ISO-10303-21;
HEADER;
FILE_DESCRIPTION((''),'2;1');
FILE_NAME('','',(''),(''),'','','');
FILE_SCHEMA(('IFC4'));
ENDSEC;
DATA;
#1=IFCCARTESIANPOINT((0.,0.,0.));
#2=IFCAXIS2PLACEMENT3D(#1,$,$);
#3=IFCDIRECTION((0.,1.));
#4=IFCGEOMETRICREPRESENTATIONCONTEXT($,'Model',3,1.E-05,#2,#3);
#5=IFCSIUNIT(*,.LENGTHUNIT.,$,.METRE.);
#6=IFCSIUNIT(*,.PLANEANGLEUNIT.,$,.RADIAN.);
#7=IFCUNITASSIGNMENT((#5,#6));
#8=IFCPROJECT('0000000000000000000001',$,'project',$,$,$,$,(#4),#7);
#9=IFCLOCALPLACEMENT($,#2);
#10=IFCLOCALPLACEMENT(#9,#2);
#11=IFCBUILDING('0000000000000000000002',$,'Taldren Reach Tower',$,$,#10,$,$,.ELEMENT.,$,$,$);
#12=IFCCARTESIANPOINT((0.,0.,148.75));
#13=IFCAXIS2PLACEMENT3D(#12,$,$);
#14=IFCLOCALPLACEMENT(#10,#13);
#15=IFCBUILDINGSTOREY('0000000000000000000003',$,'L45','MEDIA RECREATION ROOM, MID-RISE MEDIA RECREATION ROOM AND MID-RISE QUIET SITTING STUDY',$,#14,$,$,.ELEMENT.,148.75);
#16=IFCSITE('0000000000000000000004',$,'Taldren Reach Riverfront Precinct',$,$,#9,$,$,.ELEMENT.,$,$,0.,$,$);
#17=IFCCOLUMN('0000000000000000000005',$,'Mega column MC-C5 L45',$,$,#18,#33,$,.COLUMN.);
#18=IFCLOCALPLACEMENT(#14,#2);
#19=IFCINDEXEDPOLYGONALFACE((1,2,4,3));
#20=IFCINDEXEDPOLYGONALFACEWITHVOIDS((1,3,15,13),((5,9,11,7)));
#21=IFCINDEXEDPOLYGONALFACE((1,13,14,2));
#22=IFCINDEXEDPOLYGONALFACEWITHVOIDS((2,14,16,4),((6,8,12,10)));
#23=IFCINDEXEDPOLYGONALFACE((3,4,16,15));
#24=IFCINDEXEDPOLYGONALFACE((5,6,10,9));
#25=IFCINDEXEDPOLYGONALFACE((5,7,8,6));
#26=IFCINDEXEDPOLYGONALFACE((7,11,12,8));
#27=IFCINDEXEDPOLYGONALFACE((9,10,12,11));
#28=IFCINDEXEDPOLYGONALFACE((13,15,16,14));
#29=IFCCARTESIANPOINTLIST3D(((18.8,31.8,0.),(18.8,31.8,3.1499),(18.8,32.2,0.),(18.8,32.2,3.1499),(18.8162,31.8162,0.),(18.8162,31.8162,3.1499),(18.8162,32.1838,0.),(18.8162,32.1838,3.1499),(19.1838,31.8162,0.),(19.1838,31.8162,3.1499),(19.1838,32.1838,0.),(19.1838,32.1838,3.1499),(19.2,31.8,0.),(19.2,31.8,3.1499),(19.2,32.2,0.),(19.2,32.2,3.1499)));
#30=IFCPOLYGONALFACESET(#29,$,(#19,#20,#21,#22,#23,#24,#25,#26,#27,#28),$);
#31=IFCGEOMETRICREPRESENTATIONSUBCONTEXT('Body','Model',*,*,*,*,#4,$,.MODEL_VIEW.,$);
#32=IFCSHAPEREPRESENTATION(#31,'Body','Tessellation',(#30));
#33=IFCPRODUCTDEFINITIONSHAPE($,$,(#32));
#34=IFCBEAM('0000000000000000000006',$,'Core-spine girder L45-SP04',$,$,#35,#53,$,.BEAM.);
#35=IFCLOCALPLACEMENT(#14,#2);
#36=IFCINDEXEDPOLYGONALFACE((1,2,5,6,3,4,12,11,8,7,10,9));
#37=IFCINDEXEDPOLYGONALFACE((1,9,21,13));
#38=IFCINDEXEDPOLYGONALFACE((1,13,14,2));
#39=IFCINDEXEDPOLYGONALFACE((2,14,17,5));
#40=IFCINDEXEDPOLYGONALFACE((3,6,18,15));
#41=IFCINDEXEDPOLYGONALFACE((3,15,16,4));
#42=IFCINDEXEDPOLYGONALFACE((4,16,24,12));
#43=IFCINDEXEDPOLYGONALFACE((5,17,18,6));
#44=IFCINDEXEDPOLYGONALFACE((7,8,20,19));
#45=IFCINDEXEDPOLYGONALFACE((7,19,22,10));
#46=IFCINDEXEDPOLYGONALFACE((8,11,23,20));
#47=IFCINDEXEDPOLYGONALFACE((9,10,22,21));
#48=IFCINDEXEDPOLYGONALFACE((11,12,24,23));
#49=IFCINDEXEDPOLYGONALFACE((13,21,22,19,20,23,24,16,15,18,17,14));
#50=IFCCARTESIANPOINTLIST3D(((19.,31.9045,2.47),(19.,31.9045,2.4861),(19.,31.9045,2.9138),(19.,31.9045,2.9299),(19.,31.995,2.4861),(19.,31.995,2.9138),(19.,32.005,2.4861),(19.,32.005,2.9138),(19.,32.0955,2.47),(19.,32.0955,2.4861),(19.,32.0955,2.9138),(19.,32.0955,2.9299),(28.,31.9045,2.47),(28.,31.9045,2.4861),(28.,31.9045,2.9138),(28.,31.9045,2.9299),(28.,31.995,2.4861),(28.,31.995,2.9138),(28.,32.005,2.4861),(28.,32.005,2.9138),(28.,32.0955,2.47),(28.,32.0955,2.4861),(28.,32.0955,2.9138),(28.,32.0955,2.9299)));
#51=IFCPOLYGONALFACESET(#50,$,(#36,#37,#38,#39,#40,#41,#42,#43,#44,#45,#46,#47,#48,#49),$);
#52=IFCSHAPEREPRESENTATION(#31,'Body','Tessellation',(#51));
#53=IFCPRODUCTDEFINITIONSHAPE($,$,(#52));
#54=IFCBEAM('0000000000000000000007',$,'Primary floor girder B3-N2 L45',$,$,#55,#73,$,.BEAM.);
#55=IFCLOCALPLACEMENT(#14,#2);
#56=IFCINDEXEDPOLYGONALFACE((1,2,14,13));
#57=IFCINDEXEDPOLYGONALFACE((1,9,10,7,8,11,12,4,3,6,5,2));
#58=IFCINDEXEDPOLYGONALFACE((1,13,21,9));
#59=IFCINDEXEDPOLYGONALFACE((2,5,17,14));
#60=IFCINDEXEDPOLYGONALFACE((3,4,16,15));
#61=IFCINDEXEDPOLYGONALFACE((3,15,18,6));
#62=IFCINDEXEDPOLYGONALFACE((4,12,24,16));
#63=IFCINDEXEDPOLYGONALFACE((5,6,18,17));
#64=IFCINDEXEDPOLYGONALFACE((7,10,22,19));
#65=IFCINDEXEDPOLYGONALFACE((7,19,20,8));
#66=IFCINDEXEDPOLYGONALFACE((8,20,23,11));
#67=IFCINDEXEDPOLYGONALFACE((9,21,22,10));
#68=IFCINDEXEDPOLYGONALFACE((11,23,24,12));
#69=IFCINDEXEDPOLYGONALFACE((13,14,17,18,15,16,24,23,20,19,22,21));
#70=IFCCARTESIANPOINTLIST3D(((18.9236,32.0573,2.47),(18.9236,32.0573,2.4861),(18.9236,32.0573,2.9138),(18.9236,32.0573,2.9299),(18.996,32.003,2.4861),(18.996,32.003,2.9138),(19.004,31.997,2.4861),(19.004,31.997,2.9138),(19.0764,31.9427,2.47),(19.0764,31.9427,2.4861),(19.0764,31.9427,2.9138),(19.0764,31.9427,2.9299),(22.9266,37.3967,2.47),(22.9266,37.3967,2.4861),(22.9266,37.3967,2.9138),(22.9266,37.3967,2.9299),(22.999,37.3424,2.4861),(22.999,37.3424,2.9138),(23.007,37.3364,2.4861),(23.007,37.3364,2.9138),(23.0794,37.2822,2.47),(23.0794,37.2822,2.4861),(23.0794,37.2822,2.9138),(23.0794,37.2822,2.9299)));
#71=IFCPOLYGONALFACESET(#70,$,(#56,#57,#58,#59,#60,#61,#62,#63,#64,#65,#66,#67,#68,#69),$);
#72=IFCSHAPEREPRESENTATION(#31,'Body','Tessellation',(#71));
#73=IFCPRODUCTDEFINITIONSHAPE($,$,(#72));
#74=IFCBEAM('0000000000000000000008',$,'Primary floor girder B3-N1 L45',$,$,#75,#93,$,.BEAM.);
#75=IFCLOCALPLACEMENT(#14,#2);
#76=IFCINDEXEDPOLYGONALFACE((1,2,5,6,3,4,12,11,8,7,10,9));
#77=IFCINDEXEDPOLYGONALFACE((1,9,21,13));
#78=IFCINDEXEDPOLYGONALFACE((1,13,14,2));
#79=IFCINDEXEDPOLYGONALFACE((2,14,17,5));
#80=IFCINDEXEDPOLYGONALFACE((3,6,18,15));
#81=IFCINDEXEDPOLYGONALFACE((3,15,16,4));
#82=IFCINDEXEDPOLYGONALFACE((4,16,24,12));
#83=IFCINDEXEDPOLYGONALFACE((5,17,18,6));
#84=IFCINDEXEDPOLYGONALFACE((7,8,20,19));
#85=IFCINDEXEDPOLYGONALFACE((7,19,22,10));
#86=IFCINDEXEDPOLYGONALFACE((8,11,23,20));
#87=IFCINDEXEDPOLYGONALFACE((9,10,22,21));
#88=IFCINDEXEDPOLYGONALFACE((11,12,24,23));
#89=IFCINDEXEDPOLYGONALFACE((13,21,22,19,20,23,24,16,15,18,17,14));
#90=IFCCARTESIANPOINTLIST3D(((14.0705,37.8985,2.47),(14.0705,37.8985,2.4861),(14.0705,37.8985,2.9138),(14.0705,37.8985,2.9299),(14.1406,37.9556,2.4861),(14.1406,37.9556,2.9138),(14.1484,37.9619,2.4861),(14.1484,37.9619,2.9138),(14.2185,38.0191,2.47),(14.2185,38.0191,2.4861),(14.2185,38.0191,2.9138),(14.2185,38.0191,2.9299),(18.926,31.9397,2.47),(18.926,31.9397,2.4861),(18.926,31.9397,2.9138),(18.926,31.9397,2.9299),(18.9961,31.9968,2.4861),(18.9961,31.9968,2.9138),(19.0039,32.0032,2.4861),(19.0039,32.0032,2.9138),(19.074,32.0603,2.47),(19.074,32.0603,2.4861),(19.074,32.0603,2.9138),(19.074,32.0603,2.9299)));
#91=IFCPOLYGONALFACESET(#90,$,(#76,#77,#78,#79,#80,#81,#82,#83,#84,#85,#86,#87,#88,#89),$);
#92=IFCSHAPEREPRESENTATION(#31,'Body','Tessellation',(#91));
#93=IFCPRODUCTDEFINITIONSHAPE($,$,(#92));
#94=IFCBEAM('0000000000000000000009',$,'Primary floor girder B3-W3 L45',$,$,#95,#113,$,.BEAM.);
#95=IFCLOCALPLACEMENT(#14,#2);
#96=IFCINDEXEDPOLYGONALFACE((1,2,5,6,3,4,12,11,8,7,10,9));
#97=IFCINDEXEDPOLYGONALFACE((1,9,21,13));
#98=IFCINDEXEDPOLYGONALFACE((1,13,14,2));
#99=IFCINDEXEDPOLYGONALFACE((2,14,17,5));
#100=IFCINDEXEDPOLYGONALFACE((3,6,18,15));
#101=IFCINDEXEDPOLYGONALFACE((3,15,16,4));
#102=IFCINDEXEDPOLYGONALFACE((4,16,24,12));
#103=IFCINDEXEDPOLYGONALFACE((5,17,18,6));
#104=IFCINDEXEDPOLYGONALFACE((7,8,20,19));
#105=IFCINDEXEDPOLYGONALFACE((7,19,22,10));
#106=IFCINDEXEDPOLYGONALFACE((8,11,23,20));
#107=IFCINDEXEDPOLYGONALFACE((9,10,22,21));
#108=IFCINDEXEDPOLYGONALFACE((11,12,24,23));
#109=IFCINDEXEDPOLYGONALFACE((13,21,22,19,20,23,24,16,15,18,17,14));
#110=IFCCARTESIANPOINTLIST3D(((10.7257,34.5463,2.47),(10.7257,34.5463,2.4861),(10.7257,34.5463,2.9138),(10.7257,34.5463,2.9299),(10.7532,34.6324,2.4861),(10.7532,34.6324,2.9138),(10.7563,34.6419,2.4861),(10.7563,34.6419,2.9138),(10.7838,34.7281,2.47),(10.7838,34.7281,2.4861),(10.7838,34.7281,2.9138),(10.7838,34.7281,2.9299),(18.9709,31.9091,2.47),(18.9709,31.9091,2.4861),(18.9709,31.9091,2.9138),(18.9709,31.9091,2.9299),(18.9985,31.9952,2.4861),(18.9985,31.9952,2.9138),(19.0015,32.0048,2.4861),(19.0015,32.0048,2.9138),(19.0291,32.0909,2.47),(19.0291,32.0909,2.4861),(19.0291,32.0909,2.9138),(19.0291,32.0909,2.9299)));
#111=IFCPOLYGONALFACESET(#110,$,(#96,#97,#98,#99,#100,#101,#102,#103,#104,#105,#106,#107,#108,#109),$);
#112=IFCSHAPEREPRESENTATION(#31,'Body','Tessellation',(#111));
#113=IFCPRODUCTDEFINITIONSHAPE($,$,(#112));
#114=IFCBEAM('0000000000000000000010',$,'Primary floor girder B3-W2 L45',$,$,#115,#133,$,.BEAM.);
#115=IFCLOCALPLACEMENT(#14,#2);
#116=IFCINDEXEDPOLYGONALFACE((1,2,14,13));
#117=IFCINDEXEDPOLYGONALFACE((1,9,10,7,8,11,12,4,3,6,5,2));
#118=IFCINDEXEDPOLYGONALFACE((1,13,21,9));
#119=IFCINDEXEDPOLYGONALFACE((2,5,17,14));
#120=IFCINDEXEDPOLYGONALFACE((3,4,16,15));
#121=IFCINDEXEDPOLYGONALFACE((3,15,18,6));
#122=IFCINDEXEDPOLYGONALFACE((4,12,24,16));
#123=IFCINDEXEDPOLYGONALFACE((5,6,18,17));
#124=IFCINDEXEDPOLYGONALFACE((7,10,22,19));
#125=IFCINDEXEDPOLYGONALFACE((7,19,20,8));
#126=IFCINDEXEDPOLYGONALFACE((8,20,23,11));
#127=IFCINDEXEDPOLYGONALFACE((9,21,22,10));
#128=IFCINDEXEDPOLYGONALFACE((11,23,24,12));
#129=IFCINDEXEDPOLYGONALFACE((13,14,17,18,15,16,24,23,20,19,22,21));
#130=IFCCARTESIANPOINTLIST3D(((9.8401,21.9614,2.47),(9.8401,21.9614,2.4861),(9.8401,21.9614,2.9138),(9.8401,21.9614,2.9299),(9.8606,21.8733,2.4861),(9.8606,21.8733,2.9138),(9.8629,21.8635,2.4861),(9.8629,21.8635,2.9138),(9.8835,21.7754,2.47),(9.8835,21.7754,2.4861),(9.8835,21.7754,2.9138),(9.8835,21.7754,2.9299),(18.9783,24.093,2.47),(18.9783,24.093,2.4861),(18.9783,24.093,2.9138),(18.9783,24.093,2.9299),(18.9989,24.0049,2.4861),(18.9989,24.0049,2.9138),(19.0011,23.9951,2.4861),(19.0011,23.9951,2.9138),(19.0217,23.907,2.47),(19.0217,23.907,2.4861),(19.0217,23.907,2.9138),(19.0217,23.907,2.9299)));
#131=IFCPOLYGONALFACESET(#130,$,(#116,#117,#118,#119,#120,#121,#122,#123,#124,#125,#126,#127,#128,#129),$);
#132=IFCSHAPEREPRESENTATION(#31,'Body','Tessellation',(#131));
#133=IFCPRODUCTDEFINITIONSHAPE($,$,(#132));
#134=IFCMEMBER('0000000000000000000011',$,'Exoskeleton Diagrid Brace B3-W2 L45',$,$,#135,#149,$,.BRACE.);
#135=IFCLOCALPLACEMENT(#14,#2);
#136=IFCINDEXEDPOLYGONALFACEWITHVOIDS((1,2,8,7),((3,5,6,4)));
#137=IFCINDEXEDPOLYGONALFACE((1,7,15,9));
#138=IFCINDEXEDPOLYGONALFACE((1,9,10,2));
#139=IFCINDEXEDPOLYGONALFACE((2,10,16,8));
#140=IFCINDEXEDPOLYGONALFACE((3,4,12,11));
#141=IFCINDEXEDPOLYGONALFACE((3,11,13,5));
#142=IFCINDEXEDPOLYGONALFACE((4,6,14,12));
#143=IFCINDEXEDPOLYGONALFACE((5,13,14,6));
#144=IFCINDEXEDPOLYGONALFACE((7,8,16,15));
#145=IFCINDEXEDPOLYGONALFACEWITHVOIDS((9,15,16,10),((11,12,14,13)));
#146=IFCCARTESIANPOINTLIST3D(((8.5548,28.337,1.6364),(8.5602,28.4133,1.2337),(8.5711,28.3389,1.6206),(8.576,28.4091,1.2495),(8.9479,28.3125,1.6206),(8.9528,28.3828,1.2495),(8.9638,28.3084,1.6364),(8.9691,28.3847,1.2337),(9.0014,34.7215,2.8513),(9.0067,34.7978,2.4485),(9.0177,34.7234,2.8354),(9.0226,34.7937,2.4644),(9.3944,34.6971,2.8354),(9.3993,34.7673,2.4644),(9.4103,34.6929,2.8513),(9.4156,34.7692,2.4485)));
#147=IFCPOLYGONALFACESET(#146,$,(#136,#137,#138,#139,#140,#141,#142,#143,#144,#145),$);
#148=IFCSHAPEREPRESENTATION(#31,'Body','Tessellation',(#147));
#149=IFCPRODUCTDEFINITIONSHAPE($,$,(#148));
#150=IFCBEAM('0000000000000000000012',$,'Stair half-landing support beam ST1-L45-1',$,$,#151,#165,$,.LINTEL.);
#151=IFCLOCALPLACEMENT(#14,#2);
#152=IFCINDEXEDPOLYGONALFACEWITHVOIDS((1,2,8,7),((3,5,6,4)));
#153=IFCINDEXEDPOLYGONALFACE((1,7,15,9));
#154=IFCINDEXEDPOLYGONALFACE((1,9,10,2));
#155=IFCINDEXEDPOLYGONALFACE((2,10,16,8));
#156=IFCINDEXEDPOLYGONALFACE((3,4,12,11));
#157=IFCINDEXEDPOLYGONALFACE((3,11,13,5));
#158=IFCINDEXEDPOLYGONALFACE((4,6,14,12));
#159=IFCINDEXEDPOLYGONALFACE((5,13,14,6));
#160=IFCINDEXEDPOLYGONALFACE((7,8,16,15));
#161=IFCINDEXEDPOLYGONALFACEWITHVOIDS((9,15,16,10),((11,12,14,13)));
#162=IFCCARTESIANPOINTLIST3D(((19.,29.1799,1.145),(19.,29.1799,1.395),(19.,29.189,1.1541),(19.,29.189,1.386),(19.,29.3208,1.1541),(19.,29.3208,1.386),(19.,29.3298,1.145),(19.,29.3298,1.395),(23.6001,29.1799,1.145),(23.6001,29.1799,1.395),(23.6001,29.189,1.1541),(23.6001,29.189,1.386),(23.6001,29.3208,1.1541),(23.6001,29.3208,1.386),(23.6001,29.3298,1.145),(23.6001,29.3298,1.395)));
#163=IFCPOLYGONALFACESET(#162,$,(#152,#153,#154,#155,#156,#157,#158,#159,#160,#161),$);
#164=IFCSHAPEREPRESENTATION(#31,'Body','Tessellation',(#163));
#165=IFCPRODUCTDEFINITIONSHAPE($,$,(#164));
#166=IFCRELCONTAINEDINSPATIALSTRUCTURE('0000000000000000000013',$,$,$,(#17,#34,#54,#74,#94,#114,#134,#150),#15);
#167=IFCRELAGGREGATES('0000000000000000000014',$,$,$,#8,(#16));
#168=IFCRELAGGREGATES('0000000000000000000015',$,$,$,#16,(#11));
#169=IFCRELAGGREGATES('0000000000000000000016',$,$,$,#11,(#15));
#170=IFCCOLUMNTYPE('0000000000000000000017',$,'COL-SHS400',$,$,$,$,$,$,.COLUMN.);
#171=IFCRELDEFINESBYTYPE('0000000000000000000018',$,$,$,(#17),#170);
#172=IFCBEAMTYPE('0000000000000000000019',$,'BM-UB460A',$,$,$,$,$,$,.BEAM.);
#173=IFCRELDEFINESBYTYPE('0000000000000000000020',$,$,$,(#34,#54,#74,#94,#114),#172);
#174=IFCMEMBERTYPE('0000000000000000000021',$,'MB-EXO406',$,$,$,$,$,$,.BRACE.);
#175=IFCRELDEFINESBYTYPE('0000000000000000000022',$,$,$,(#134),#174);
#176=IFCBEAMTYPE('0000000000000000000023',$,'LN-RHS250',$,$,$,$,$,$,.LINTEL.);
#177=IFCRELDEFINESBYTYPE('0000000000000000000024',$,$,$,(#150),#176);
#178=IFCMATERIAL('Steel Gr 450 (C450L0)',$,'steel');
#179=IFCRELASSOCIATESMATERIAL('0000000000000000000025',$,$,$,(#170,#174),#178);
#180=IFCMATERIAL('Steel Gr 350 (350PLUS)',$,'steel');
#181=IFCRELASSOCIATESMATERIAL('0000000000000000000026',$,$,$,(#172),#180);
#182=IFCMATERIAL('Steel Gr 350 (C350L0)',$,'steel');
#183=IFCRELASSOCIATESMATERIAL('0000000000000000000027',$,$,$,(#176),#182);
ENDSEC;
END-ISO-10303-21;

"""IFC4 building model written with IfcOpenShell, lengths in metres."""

from ifc_helpers import new_model, si_unit, direction, frame, origin, origin_2d, place, context, subcontext, project, spatial, hollow_rectangle, i_section, extrude, source, transform, mapped, material, material_profile, profile_set, type_object, element, save


model = new_model("IFC4")

# Units and contexts
model_context = context("Model", 3, precision=1e-05, world=origin(), true_north=direction((0.0, 1.0)))
body_context = subcontext(model_context, "Body", "Model", "MODEL_VIEW")
ifc_project = project(units=[si_unit("LENGTHUNIT", "METRE"), si_unit("PLANEANGLEUNIT", "RADIAN")], contexts=[model_context])

# Site, building, storey
site_placement = place(None, origin())
site = spatial("IfcSite", under=ifc_project, at=site_placement, Name="Taldren Reach Riverfront Precinct", CompositionType="ELEMENT", RefElevation=0.0)
building_placement = place(site_placement, origin())
building = spatial("IfcBuilding", under=site, at=building_placement, Name="Taldren Reach Tower", CompositionType="ELEMENT")
storey_placement = place(building_placement, frame((0.0, 0.0, 148.75)))
storey = spatial("IfcBuildingStorey", under=building, at=storey_placement, Name="L45", Description="MEDIA RECREATION ROOM, MID-RISE MEDIA RECREATION ROOM AND MID-RISE QUIET SITTING STUDY", CompositionType="ELEMENT", Elevation=148.75)

# Column
ifc_material_1 = material(Name="Steel Gr 450 (C450L0)", Category="steel")
ifc_material_profile_1 = material_profile(ifc_material_1, hollow_rectangle(XDim=0.3999, YDim=0.3999, WallThickness=0.0161, at=origin_2d()), Name="400x400x16.0SHS")
ifc_profile_set_1 = profile_set([ifc_material_profile_1], Name="Steel Gr 450 (C450L0)")
column_type = type_object("IfcColumnType", Name="COL-SHS400", PredefinedType="COLUMN", material=ifc_profile_set_1)
shared_shape_1 = source(origin(), body_context, "Body", "SweptSolid", [
    extrude(hollow_rectangle(XDim=0.3999, YDim=0.3999, WallThickness=0.0161, at=origin_2d()), origin(), (0.0, 0.0, 1.0), 3.1499),
])
column_placement = place(storey_placement, frame((19.0, 32.0, 0.0), z_axis=(0.0, 0.0, 1.0), x_axis=(1.0, 0.0, 0.0)))
element("IfcColumn", 1, at=column_placement, inside=storey, type_object=column_type, Name="Mega column MC-C5 L45", PredefinedType="COLUMN", context=body_context, shape_type="MappedRepresentation", body=[
    mapped(shared_shape_1, transform((0.0, 0.0, 0.0), scale=1.0)),
])

# Beams
ifc_material_2 = material(Name="Steel Gr 350 (350PLUS)", Category="steel")
ifc_material_profile_2 = material_profile(ifc_material_2, i_section(OverallWidth=0.1909, OverallDepth=0.46, WebThickness=0.01, FlangeThickness=0.0161, at=origin_2d()), Name="460UB82.1")
ifc_profile_set_2 = profile_set([ifc_material_profile_2], Name="Steel Gr 350 (350PLUS)")
beam_type_1 = type_object("IfcBeamType", Name="BM-UB460A", PredefinedType="BEAM", material=ifc_profile_set_2)
shared_shape_2 = source(origin(), body_context, "Body", "SweptSolid", [
    extrude(i_section(OverallWidth=0.1909, OverallDepth=0.46, WebThickness=0.01, FlangeThickness=0.0161, at=origin_2d()), origin(), (0.0, 0.0, 1.0), 9.0),
])
beam_1_placement = place(storey_placement, frame((19.0, 32.0, 2.7), z_axis=(1.0, 0.0, 0.0), x_axis=(0.0, 1.0, 0.0)))
element("IfcBeam", 2, at=beam_1_placement, inside=storey, type_object=beam_type_1, Name="Core-spine girder L45-SP04", PredefinedType="BEAM", context=body_context, shape_type="MappedRepresentation", body=[
    mapped(shared_shape_2, transform((0.0, 0.0, 0.0), scale=1.0)),
])
shared_shape_3 = source(origin(), body_context, "Body", "SweptSolid", [
    extrude(i_section(OverallWidth=0.1909, OverallDepth=0.46, WebThickness=0.01, FlangeThickness=0.0161, at=origin_2d()), origin(), (0.0, 0.0, 1.0), 6.6733),
])
beam_2_placement = place(storey_placement, frame((19.0, 32.0, 2.7), z_axis=(0.599848, 0.800114, 0.0), x_axis=(-0.800114, 0.599848, 0.0)))
element("IfcBeam", 3, at=beam_2_placement, inside=storey, type_object=beam_type_1, Name="Primary floor girder B3-N2 L45", PredefinedType="BEAM", context=body_context, shape_type="MappedRepresentation", body=[
    mapped(shared_shape_3, transform((0.0, 0.0, 0.0), scale=1.0)),
])
shared_shape_4 = source(origin(), body_context, "Body", "SweptSolid", [
    extrude(i_section(OverallWidth=0.1909, OverallDepth=0.46, WebThickness=0.01, FlangeThickness=0.0161, at=origin_2d()), origin(), (0.0, 0.0, 1.0), 7.6865),
])
beam_3_placement = place(storey_placement, frame((19.0, 32.0, 2.7), z_axis=(-0.631689, 0.775222, 0.0), x_axis=(-0.775222, -0.631689, 0.0)))
element("IfcBeam", 4, at=beam_3_placement, inside=storey, type_object=beam_type_1, Name="Primary floor girder B3-N1 L45", PredefinedType="BEAM", context=body_context, shape_type="MappedRepresentation", body=[
    mapped(shared_shape_4, transform((0.0, 0.0, 0.0), scale=1.0)),
])
shared_shape_5 = source(origin(), body_context, "Body", "SweptSolid", [
    extrude(i_section(OverallWidth=0.1909, OverallDepth=0.46, WebThickness=0.01, FlangeThickness=0.0161, at=origin_2d()), origin(), (0.0, 0.0, 1.0), 8.6567),
])
beam_4_placement = place(storey_placement, frame((19.0, 32.0, 2.7), z_axis=(-0.952468, 0.304639, 0.0), x_axis=(-0.304639, -0.952468, 0.0)))
element("IfcBeam", 5, at=beam_4_placement, inside=storey, type_object=beam_type_1, Name="Primary floor girder B3-W3 L45", PredefinedType="BEAM", context=body_context, shape_type="MappedRepresentation", body=[
    mapped(shared_shape_5, transform((0.0, 0.0, 0.0), scale=1.0)),
])
shared_shape_6 = source(origin(), body_context, "Body", "SweptSolid", [
    extrude(i_section(OverallWidth=0.1909, OverallDepth=0.46, WebThickness=0.01, FlangeThickness=0.0161, at=origin_2d()), origin(), (0.0, 0.0, 1.0), 9.3835),
])
beam_5_placement = place(storey_placement, frame((19.0, 24.0, 2.7), z_axis=(-0.973857, -0.227164, 0.0), x_axis=(0.227164, -0.973857, 0.0)))
element("IfcBeam", 6, at=beam_5_placement, inside=storey, type_object=beam_type_1, Name="Primary floor girder B3-W2 L45", PredefinedType="BEAM", context=body_context, shape_type="MappedRepresentation", body=[
    mapped(shared_shape_6, transform((0.0, 0.0, 0.0), scale=1.0)),
])

# Member
ifc_material_profile_3 = material_profile(ifc_material_1, hollow_rectangle(XDim=0.4099, YDim=0.4099, WallThickness=0.0161, at=origin_2d()), Name="410x410x16.0SHS")
ifc_profile_set_3 = profile_set([ifc_material_profile_3], Name="Steel Gr 450 (C450L0)")
member_type = type_object("IfcMemberType", Name="MB-EXO406", PredefinedType="BRACE", material=ifc_profile_set_3)
shared_shape_7 = source(origin(), body_context, "Body", "SweptSolid", [
    extrude(hollow_rectangle(XDim=0.4099, YDim=0.4099, WallThickness=0.0161, at=origin_2d()), origin(), (0.0, 0.0, 1.0), 6.5144),
])
member_placement = place(storey_placement, frame((8.762, 28.3608, 1.4351), z_axis=(0.068546, 0.980063, 0.186486), x_axis=(-0.997563, 0.06977, 0.0)))
element("IfcMember", 7, at=member_placement, inside=storey, type_object=member_type, Name="Exoskeleton Diagrid Brace B3-W2 L45", PredefinedType="BRACE", context=body_context, shape_type="MappedRepresentation", body=[
    mapped(shared_shape_7, transform((0.0, 0.0, 0.0), scale=1.0)),
])

# Beam
ifc_material_3 = material(Name="Steel Gr 350 (C350L0)", Category="steel")
ifc_material_profile_4 = material_profile(ifc_material_3, hollow_rectangle(XDim=0.1499, YDim=0.25, WallThickness=0.009, at=origin_2d()), Name="250x150x9.0RHS")
ifc_profile_set_4 = profile_set([ifc_material_profile_4], Name="Steel Gr 350 (C350L0)")
beam_type_2 = type_object("IfcBeamType", Name="LN-RHS250", PredefinedType="LINTEL", material=ifc_profile_set_4)
shared_shape_8 = source(origin(), body_context, "Body", "SweptSolid", [
    extrude(hollow_rectangle(XDim=0.1499, YDim=0.25, WallThickness=0.009, at=origin_2d()), origin(), (0.0, 0.0, 1.0), 4.6001),
])
for number, where, z_axis, x_axis, name in (
    (8, (19.0, 29.2549, 1.27), (1.0, 0.0, 0.0), (0.0, 1.0, 0.0), "Stair half-landing support beam ST1-L45-1"),
):
    element("IfcBeam", number, at=place(storey_placement, frame(where, z_axis=z_axis, x_axis=x_axis)), inside=storey, type_object=beam_type_2, Name=name, PredefinedType="LINTEL", context=body_context, shape_type="MappedRepresentation", body=[
        mapped(shared_shape_8, transform((0.0, 0.0, 0.0), scale=1.0)),
    ])

save(model, "model.ifc")
